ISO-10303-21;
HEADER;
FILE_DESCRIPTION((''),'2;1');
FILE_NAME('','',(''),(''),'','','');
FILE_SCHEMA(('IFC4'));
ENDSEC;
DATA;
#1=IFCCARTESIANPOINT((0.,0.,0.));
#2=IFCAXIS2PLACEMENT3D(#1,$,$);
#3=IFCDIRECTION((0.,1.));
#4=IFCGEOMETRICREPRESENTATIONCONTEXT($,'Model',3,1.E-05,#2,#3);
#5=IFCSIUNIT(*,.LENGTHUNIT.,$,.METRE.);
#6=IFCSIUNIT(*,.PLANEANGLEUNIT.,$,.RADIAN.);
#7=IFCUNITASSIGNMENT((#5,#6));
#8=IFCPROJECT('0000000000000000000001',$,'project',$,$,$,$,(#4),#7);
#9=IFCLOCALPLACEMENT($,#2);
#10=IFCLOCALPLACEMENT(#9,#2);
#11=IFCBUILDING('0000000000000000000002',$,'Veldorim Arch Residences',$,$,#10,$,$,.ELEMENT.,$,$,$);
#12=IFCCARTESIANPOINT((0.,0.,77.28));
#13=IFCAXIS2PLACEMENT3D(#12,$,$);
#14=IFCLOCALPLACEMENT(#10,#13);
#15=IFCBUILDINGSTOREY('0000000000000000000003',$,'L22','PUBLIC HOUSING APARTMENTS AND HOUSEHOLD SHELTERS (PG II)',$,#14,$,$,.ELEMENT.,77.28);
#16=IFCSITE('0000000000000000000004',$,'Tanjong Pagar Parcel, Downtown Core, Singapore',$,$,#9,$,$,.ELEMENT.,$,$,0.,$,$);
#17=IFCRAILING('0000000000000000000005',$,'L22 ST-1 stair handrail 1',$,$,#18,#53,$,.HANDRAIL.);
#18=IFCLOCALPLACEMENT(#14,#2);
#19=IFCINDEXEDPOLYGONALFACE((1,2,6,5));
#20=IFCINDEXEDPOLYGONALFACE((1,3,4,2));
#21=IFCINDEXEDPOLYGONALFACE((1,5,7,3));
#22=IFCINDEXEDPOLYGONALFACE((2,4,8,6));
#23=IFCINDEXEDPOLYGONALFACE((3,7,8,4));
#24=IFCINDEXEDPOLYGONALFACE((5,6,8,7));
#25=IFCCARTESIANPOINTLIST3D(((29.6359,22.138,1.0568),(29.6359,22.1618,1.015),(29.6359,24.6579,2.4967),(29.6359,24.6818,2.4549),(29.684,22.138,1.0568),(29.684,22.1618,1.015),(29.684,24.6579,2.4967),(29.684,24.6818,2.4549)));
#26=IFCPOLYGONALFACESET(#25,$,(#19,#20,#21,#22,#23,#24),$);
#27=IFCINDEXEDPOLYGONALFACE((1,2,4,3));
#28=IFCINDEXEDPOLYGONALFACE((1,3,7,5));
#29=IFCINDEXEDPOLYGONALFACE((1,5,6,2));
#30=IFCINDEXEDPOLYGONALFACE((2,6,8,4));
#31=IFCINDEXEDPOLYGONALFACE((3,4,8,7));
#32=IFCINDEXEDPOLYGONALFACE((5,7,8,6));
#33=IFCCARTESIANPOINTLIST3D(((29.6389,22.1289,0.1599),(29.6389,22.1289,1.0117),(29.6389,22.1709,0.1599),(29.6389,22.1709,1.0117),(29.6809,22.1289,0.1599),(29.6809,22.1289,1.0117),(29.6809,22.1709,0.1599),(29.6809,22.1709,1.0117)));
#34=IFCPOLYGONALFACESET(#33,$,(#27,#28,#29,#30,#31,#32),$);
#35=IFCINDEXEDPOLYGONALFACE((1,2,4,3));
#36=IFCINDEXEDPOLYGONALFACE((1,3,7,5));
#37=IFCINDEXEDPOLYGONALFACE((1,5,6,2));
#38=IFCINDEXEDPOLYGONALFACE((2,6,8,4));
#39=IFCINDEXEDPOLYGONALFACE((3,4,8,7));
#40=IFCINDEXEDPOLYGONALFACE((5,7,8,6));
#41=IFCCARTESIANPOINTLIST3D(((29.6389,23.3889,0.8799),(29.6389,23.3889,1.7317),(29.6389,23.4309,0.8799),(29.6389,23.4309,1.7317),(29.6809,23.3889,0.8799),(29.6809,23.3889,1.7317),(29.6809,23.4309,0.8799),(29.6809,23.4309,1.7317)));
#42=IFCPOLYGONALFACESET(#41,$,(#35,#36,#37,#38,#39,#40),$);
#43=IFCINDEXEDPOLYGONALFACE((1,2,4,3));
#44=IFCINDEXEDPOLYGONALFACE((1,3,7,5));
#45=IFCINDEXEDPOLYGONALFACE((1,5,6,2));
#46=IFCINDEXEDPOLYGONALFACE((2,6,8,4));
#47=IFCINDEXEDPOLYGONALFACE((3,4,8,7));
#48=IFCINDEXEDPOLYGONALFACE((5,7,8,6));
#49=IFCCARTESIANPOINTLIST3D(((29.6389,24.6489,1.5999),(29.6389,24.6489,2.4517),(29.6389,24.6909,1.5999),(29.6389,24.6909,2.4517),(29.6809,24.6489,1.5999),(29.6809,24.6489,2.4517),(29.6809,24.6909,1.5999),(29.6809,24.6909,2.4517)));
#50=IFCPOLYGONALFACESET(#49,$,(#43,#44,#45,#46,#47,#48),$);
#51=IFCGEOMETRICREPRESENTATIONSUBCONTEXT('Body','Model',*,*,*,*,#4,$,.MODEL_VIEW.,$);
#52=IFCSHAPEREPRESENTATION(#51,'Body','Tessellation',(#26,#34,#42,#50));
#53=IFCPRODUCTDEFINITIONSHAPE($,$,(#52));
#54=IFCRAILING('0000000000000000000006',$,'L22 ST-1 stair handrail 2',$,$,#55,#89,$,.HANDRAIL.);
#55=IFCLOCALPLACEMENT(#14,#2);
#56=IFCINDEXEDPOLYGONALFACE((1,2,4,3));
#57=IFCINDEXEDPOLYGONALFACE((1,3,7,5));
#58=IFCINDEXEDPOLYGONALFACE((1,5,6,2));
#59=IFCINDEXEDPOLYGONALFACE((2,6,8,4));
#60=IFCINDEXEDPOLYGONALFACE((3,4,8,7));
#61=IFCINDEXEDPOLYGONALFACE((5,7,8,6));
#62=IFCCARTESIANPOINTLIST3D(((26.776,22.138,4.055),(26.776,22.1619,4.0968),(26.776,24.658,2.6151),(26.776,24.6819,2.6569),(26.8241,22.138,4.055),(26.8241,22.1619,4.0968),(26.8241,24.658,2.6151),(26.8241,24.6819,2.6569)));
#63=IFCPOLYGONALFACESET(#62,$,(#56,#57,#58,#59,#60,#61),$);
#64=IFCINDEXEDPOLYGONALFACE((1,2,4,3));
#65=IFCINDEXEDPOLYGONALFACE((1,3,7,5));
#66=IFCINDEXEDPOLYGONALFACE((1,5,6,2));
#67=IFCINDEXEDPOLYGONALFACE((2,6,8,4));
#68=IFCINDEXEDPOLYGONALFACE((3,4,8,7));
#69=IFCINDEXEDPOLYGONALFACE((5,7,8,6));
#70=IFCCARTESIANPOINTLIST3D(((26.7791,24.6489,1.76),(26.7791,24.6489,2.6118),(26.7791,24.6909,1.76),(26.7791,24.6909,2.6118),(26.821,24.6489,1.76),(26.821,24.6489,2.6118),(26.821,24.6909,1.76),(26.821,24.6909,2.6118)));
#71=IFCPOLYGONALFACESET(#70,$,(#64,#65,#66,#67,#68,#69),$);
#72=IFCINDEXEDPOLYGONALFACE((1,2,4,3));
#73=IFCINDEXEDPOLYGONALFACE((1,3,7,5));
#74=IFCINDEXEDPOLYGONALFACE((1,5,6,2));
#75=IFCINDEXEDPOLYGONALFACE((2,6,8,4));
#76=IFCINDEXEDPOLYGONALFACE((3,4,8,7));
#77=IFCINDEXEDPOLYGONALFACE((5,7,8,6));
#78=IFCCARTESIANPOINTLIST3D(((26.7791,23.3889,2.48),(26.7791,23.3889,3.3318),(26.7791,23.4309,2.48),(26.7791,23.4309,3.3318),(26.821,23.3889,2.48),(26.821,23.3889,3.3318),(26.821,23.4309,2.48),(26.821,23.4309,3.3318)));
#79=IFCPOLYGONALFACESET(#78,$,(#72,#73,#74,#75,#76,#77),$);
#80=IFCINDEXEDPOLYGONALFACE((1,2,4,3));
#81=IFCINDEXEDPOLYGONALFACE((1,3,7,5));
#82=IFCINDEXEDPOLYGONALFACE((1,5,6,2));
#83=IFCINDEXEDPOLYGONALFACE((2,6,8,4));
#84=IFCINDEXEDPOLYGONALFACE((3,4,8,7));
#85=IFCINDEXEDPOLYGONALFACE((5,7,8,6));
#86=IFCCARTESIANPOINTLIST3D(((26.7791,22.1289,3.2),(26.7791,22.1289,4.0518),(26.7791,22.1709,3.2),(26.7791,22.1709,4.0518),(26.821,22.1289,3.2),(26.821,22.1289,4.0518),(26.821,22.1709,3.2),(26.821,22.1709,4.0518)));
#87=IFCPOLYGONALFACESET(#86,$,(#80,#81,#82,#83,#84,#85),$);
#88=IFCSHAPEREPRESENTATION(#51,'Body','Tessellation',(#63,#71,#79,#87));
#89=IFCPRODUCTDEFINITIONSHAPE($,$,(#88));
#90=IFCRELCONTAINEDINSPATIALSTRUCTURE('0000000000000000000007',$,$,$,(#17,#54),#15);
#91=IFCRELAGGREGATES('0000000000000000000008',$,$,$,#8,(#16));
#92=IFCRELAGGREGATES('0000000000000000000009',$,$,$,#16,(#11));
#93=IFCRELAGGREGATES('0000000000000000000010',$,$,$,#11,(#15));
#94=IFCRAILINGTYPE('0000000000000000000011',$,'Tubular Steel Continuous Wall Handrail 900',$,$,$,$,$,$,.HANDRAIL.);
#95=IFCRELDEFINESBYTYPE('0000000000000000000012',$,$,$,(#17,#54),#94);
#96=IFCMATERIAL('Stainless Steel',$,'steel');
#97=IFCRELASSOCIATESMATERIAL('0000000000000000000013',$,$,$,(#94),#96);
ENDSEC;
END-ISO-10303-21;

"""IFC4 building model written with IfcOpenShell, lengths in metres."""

from ifc_helpers import new_model, si_unit, direction, frame, origin, origin_2d, place, context, subcontext, project, spatial, rectangle, extrude, material, type_object, element, save


model = new_model("IFC4")

# Units and contexts
model_context = context("Model", 3, precision=1e-05, world=origin(), true_north=direction((0.0, 1.0)))
body_context = subcontext(model_context, "Body", "Model", "MODEL_VIEW")
ifc_project = project(units=[si_unit("LENGTHUNIT", "METRE"), si_unit("PLANEANGLEUNIT", "RADIAN")], contexts=[model_context])

# Site, building, storey
site_placement = place(None, origin())
site = spatial("IfcSite", under=ifc_project, at=site_placement, Name="Tanjong Pagar Parcel, Downtown Core, Singapore", CompositionType="ELEMENT", RefElevation=0.0)
building_placement = place(site_placement, origin())
building = spatial("IfcBuilding", under=site, at=building_placement, Name="Veldorim Arch Residences", CompositionType="ELEMENT")
storey_placement = place(building_placement, frame((0.0, 0.0, 77.28)))
storey = spatial("IfcBuildingStorey", under=building, at=storey_placement, Name="L22", Description="PUBLIC HOUSING APARTMENTS AND HOUSEHOLD SHELTERS (PG II)", CompositionType="ELEMENT", Elevation=77.28)

# Railings
ifc_material_1 = material(Name="Stainless Steel", Category="steel")
railing_type_1 = type_object("IfcRailingType", Name="Tubular Steel Continuous Wall Handrail 900", PredefinedType="HANDRAIL", material=ifc_material_1)
railing_1_placement = place(storey_placement, frame((29.6599, 22.1499, 0.1599)))
element("IfcRailing", 1, at=railing_1_placement, inside=storey, type_object=railing_type_1, Name="L22 ST-1 stair handrail 1", PredefinedType="HANDRAIL", context=body_context, shape_type="SweptSolid", body=[
    extrude(rectangle(XDim=0.0481, YDim=0.0481, at=origin_2d()), frame((0.0, 0.0, 0.876), z_axis=(0.0, 0.868253, 0.496121), x_axis=(-1.0, 0.0, 0.0)), (0.0, 0.0, 1.0), 2.9023),
    extrude(rectangle(XDim=0.042, YDim=0.042, at=origin_2d()), origin(), (0.0, 0.0, 1.0), 0.8518),
    extrude(rectangle(XDim=0.042, YDim=0.042, at=origin_2d()), frame((0.0, 1.26, 0.72)), (0.0, 0.0, 1.0), 0.8518),
    extrude(rectangle(XDim=0.042, YDim=0.042, at=origin_2d()), frame((0.0, 2.52, 1.4399)), (0.0, 0.0, 1.0), 0.8518),
])
railing_2_placement = place(storey_placement, frame((26.8, 24.6699, 1.76)))
element("IfcRailing", 2, at=railing_2_placement, inside=storey, type_object=railing_type_1, Name="L22 ST-1 stair handrail 2", PredefinedType="HANDRAIL", context=body_context, shape_type="SweptSolid", body=[
    extrude(rectangle(XDim=0.0481, YDim=0.0481, at=origin_2d()), frame((0.0, 0.0, 0.876), z_axis=(0.0, -0.868253, 0.496121), x_axis=(1.0, 0.0, 0.0)), (0.0, 0.0, 1.0), 2.9023),
    extrude(rectangle(XDim=0.042, YDim=0.042, at=origin_2d()), origin(), (0.0, 0.0, 1.0), 0.8518),
    extrude(rectangle(XDim=0.042, YDim=0.042, at=origin_2d()), frame((0.0, -1.26, 0.72)), (0.0, 0.0, 1.0), 0.8518),
    extrude(rectangle(XDim=0.042, YDim=0.042, at=origin_2d()), frame((0.0, -2.52, 1.4399)), (0.0, 0.0, 1.0), 0.8518),
])

save(model, "model.ifc")
